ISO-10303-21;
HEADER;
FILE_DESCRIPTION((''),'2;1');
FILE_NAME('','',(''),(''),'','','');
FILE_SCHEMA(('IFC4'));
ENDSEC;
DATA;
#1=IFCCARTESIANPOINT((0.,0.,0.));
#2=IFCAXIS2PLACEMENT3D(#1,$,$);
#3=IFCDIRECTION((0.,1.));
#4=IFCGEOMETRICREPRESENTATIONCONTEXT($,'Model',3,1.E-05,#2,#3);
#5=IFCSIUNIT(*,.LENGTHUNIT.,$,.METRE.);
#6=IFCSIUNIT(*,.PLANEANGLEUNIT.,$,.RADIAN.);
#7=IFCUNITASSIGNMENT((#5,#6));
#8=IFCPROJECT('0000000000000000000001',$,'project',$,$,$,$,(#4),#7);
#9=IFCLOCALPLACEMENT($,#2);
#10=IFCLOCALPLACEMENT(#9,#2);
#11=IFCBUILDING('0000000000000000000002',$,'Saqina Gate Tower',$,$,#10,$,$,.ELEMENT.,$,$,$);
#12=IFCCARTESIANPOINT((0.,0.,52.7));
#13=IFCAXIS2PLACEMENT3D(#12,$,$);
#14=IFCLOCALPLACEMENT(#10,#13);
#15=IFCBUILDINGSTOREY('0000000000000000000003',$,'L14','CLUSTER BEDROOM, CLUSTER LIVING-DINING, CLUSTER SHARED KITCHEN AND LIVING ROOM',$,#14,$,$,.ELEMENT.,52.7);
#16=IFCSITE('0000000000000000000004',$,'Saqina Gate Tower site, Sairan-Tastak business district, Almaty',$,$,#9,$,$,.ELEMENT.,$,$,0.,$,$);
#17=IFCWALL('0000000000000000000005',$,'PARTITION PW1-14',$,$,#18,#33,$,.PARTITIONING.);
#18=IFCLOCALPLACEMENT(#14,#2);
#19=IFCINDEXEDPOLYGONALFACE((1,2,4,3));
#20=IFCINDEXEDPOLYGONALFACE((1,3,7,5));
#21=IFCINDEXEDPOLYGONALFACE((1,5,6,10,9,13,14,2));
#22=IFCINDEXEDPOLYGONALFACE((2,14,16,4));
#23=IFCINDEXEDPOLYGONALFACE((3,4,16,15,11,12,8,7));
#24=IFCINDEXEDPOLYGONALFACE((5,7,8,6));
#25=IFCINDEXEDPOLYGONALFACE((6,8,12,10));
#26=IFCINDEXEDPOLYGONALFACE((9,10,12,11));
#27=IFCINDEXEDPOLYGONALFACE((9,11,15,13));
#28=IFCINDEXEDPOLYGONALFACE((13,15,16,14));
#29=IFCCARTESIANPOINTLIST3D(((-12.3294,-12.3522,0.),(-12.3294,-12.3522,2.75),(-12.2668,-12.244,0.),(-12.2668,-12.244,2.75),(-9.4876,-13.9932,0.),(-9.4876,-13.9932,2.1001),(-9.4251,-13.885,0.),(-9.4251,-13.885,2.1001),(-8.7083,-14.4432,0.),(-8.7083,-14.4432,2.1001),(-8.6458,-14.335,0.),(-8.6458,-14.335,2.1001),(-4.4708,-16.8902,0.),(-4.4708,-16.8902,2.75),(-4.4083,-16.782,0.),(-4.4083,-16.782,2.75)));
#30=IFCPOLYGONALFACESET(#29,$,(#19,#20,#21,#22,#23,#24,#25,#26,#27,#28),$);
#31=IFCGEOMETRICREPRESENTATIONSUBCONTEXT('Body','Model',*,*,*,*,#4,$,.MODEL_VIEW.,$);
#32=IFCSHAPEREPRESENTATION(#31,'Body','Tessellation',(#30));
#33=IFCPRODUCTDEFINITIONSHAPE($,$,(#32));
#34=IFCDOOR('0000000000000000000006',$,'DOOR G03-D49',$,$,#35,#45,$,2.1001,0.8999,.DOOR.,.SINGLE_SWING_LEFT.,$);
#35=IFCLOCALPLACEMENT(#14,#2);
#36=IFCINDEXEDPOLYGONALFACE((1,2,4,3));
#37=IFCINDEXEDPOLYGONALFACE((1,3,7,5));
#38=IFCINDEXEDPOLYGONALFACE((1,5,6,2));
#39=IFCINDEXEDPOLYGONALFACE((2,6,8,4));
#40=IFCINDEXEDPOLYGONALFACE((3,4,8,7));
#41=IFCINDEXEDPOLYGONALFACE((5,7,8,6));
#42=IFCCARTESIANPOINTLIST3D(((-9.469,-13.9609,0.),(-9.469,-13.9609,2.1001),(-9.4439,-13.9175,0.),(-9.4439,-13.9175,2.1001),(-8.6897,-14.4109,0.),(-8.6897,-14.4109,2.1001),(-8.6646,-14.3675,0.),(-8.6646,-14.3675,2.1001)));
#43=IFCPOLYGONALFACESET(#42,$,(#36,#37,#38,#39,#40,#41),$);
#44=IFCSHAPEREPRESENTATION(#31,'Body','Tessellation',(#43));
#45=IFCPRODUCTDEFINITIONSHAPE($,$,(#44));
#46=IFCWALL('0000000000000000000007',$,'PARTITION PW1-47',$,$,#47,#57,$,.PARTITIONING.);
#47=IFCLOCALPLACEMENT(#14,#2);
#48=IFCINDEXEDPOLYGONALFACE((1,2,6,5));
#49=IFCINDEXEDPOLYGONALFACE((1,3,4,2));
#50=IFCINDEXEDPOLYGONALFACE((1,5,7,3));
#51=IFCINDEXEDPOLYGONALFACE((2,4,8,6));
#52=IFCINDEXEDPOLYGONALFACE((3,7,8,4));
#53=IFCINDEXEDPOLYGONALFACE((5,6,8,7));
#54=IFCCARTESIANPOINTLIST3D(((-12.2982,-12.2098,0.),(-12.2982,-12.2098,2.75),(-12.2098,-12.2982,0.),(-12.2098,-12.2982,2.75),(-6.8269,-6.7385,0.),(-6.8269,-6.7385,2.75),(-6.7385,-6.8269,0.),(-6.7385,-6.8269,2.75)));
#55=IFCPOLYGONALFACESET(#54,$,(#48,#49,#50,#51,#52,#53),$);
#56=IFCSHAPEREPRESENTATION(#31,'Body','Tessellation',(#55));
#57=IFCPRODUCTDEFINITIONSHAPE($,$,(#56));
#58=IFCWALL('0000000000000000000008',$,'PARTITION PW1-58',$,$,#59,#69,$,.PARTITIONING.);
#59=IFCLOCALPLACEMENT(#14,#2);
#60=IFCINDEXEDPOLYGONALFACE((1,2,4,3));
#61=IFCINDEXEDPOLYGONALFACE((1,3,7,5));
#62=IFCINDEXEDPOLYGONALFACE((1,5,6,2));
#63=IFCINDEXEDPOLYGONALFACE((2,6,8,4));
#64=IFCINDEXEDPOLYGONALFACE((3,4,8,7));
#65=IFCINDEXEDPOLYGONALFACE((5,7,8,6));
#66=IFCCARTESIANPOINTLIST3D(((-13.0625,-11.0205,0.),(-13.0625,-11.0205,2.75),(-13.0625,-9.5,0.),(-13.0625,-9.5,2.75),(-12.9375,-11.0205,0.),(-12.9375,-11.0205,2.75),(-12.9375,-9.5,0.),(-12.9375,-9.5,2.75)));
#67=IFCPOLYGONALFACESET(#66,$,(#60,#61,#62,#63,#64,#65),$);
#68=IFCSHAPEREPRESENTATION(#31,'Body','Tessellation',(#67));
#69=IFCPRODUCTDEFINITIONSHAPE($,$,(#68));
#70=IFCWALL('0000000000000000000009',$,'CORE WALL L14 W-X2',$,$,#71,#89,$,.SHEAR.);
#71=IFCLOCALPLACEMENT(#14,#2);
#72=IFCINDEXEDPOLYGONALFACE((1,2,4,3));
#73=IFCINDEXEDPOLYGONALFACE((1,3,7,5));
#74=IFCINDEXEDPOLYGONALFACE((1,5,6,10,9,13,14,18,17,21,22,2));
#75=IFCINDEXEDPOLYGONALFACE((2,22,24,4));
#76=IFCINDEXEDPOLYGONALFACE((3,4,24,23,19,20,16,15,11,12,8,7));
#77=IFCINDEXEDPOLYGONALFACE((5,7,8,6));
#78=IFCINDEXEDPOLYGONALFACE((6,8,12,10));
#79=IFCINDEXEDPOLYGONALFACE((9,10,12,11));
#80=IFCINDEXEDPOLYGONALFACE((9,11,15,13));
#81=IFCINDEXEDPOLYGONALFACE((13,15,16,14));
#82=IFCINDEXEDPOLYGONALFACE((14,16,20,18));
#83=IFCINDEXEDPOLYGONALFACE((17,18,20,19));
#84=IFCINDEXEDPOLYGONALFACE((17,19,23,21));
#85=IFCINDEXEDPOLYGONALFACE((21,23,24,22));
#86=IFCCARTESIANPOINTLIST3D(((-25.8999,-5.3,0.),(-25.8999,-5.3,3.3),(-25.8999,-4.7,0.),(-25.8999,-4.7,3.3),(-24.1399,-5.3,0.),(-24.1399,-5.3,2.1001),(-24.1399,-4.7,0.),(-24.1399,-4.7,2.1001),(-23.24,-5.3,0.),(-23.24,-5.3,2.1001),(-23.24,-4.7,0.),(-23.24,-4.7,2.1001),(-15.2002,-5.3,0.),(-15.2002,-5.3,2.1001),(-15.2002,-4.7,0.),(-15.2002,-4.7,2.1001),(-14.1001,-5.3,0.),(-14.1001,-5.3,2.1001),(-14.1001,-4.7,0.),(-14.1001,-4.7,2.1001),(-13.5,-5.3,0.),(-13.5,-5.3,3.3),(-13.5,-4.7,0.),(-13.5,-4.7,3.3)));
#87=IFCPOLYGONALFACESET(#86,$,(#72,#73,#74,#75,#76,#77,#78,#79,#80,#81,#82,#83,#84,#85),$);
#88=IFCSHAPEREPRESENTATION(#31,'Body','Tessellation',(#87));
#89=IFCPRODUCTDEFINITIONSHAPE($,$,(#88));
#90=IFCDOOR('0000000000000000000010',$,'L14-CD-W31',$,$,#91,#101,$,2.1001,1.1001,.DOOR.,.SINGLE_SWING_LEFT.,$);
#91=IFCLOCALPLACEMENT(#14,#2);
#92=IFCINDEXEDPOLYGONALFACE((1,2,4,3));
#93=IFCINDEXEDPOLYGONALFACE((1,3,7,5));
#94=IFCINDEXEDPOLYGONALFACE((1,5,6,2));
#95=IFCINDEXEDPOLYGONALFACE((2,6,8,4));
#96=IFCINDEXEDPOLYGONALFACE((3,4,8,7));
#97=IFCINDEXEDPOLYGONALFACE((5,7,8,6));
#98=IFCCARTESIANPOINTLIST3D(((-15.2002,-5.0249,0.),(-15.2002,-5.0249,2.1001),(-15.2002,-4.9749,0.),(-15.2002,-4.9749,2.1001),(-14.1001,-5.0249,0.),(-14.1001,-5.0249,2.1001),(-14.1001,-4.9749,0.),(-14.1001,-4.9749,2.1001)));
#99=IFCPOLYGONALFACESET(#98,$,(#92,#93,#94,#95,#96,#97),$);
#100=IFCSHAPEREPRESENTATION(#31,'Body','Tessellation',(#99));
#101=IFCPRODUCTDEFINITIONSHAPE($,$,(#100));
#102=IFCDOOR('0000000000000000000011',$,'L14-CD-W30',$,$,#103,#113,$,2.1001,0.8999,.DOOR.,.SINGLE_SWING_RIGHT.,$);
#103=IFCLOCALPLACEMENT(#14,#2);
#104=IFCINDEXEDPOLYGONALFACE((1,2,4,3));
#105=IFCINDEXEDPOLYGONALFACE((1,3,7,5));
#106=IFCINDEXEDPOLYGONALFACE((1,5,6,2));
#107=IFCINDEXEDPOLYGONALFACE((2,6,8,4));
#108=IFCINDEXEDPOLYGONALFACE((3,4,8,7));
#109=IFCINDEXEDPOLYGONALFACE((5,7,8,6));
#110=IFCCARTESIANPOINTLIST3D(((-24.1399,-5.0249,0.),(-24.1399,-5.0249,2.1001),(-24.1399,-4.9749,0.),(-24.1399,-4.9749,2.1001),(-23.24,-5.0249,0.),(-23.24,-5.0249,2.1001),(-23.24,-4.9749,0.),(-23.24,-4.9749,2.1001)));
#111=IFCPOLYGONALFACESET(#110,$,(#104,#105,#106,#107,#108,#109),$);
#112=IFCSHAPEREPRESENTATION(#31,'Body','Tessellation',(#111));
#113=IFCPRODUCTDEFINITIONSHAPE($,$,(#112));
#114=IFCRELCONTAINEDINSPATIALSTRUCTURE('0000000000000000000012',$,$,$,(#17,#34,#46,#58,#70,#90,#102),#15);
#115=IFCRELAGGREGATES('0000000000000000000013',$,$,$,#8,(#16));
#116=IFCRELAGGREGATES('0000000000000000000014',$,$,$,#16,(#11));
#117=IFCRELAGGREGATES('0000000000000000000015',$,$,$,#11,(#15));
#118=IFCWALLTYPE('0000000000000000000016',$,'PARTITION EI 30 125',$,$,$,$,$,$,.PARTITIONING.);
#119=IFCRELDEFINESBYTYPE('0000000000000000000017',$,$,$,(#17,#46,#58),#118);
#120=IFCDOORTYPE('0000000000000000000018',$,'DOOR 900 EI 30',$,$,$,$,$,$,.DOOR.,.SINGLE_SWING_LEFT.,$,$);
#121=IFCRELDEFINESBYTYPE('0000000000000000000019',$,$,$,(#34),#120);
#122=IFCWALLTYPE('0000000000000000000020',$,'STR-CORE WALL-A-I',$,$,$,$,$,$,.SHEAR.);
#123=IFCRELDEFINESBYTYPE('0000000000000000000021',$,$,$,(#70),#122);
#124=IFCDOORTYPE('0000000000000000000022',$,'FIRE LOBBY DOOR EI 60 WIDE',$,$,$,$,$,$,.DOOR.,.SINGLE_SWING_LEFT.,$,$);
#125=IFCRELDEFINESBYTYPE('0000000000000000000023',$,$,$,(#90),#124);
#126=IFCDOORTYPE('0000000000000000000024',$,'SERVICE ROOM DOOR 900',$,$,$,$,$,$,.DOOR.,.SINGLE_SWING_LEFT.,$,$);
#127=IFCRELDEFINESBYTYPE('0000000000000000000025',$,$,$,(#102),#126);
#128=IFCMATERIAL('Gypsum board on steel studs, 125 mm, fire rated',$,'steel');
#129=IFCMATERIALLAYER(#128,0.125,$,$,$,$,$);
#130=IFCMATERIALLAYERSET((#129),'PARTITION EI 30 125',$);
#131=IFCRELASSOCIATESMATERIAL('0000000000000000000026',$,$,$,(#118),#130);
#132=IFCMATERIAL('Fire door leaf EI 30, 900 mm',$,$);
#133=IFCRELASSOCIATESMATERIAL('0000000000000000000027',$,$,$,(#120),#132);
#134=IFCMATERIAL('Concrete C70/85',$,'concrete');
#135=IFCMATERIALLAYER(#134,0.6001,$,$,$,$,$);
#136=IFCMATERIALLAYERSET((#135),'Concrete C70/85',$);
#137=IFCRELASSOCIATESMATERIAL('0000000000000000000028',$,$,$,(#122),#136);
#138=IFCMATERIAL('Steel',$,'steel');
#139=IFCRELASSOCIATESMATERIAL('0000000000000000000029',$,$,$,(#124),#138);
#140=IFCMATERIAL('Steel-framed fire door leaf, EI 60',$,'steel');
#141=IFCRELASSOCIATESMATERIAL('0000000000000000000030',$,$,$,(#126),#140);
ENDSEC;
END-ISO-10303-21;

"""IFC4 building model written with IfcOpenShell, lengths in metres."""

from ifc_helpers import new_model, si_unit, direction, frame, frame_2d, origin, place, context, subcontext, project, spatial, rectangle, extrude, material, layer, layer_set, type_object, element, fill, save


model = new_model("IFC4")

# Units and contexts
model_context = context("Model", 3, precision=1e-05, world=origin(), true_north=direction((0.0, 1.0)))
body_context = subcontext(model_context, "Body", "Model", "MODEL_VIEW")
ifc_project = project(units=[si_unit("LENGTHUNIT", "METRE"), si_unit("PLANEANGLEUNIT", "RADIAN")], contexts=[model_context])

# Site, building, storey
site_placement = place(None, origin())
site = spatial("IfcSite", under=ifc_project, at=site_placement, Name="Saqina Gate Tower site, Sairan-Tastak business district, Almaty", CompositionType="ELEMENT", RefElevation=0.0)
building_placement = place(site_placement, origin())
building = spatial("IfcBuilding", under=site, at=building_placement, Name="Saqina Gate Tower", CompositionType="ELEMENT")
storey_placement = place(building_placement, frame((0.0, 0.0, 52.7)))
storey = spatial("IfcBuildingStorey", under=building, at=storey_placement, Name="L14", Description="CLUSTER BEDROOM, CLUSTER LIVING-DINING, CLUSTER SHARED KITCHEN AND LIVING ROOM", CompositionType="ELEMENT", Elevation=52.7)

# Wall, opening, door
ifc_material_1 = material(Name="Gypsum board on steel studs, 125 mm, fire rated", Category="steel")
ifc_layer_1 = layer(ifc_material_1, 0.125)
ifc_layer_set_1 = layer_set([ifc_layer_1], Name="PARTITION EI 30 125")
wall_type_1 = type_object("IfcWallType", Name="PARTITION EI 30 125", PredefinedType="PARTITIONING", material=ifc_layer_set_1)
wall_1_placement = place(storey_placement, frame((-12.2981, -12.2981, 0.0), z_axis=(0.0, 0.0, 1.0), x_axis=(0.865983, -0.500074, 0.0)))
wall_1 = element("IfcWall", 1, at=wall_1_placement, inside=storey, type_object=wall_type_1, Name="PARTITION PW1-14", PredefinedType="PARTITIONING", context=body_context, shape_type="SweptSolid", body=[
    extrude(rectangle(XDim=9.0747, YDim=0.125, at=frame_2d((4.5374, 0.0))), origin(), (0.0, 0.0, 1.0), 2.75),
])
opening_1_placement = place(wall_1_placement, frame((3.2815, 0.0, 0.0)))
opening_1 = element("IfcOpeningElement", 2, at=opening_1_placement, cuts=wall_1, PredefinedType="OPENING", context=body_context, shape_type="SweptSolid", body=[
    extrude(rectangle(XDim=0.8999, YDim=2.1001, at=frame_2d((0.45, 1.05))), frame((0.0, 0.0745, 0.0), z_axis=(0.0, -1.0, 0.0), x_axis=(1.0, 0.0, 0.0)), (0.0, 0.0, 1.0), 0.1489),
])
ifc_material_2 = material(Name="Fire door leaf EI 30, 900 mm")
door_type_1 = type_object("IfcDoorType", Name="DOOR 900 EI 30", OperationType="SINGLE_SWING_LEFT", PredefinedType="DOOR", material=ifc_material_2)
door_1_placement = place(opening_1_placement, origin())
door_1 = element("IfcDoor", 3, at=door_1_placement, inside=storey, type_object=door_type_1, Name="DOOR G03-D49", OperationType="SINGLE_SWING_LEFT", OverallHeight=2.1001, OverallWidth=0.8999, PredefinedType="DOOR", context=body_context, shape_type="SweptSolid", body=[
    extrude(rectangle(XDim=0.8999, YDim=2.1001, at=frame_2d((0.45, 1.05))), frame((0.0, 0.0249, 0.0), z_axis=(0.0, -1.0, 0.0), x_axis=(1.0, 0.0, 0.0)), (0.0, 0.0, 1.0), 0.05),
])
fill(opening_1, door_1)

# Walls
wall_2_placement = place(storey_placement, frame((-12.2539, -12.2539, 0.0), z_axis=(0.0, 0.0, 1.0), x_axis=(0.707107, 0.707107, 0.0)))
element("IfcWall", 4, at=wall_2_placement, inside=storey, type_object=wall_type_1, Name="PARTITION PW1-47", PredefinedType="PARTITIONING", context=body_context, shape_type="SweptSolid", body=[
    extrude(rectangle(XDim=7.7375, YDim=0.125, at=frame_2d((3.8687, 0.0))), origin(), (0.0, 0.0, 1.0), 2.75),
])
wall_3_placement = place(storey_placement, frame((-13.0, -11.0205, 0.0), z_axis=(0.0, 0.0, 1.0), x_axis=(0.0, 1.0, 0.0)))
element("IfcWall", 5, at=wall_3_placement, inside=storey, type_object=wall_type_1, Name="PARTITION PW1-58", PredefinedType="PARTITIONING", context=body_context, shape_type="SweptSolid", body=[
    extrude(rectangle(XDim=1.5205, YDim=0.125, at=frame_2d((0.7603, 0.0))), origin(), (0.0, 0.0, 1.0), 2.75),
])

# Wall, openings, doors
ifc_material_3 = material(Name="Concrete C70/85", Category="concrete")
ifc_layer_2 = layer(ifc_material_3, 0.6001)
ifc_layer_set_2 = layer_set([ifc_layer_2], Name="Concrete C70/85")
wall_type_2 = type_object("IfcWallType", Name="STR-CORE WALL-A-I", PredefinedType="SHEAR", material=ifc_layer_set_2)
wall_4_placement = place(storey_placement, frame((-13.5, -5.0, 0.0), z_axis=(0.0, 0.0, 1.0), x_axis=(-1.0, 0.0, 0.0)))
wall_4 = element("IfcWall", 6, at=wall_4_placement, inside=storey, type_object=wall_type_2, Name="CORE WALL L14 W-X2", PredefinedType="SHEAR", context=body_context, shape_type="SweptSolid", body=[
    extrude(rectangle(XDim=12.3999, YDim=0.6001, at=frame_2d((6.2, 0.0))), origin(), (0.0, 0.0, 1.0), 3.3),
])
opening_2_placement = place(wall_4_placement, frame((9.74, 0.0, 0.0)))
opening_2 = element("IfcOpeningElement", 7, at=opening_2_placement, cuts=wall_4, PredefinedType="OPENING", context=body_context, shape_type="SweptSolid", body=[
    extrude(rectangle(XDim=0.8999, YDim=2.1001, at=frame_2d((0.45, 1.05))), frame((0.0, 0.312, 0.0), z_axis=(0.0, -1.0, 0.0), x_axis=(1.0, 0.0, 0.0)), (0.0, 0.0, 1.0), 0.624),
])
opening_3_placement = place(wall_4_placement, frame((0.6001, 0.0, 0.0)))
opening_3 = element("IfcOpeningElement", 8, at=opening_3_placement, cuts=wall_4, PredefinedType="OPENING", context=body_context, shape_type="SweptSolid", body=[
    extrude(rectangle(XDim=1.1001, YDim=2.1001, at=frame_2d((0.55, 1.05))), frame((0.0, 0.312, 0.0), z_axis=(0.0, -1.0, 0.0), x_axis=(1.0, 0.0, 0.0)), (0.0, 0.0, 1.0), 0.624),
])
ifc_material_4 = material(Name="Steel", Category="steel")
door_type_2 = type_object("IfcDoorType", Name="FIRE LOBBY DOOR EI 60 WIDE", OperationType="SINGLE_SWING_LEFT", PredefinedType="DOOR", material=ifc_material_4)
door_2_placement = place(opening_3_placement, origin())
door_2 = element("IfcDoor", 9, at=door_2_placement, inside=storey, type_object=door_type_2, Name="L14-CD-W31", OperationType="SINGLE_SWING_LEFT", OverallHeight=2.1001, OverallWidth=1.1001, PredefinedType="DOOR", context=body_context, shape_type="SweptSolid", body=[
    extrude(rectangle(XDim=1.1001, YDim=2.1001, at=frame_2d((0.55, 1.05))), frame((0.0, 0.0249, 0.0), z_axis=(0.0, -1.0, 0.0), x_axis=(1.0, 0.0, 0.0)), (0.0, 0.0, 1.0), 0.05),
])
fill(opening_3, door_2)
ifc_material_5 = material(Name="Steel-framed fire door leaf, EI 60", Category="steel")
door_type_3 = type_object("IfcDoorType", Name="SERVICE ROOM DOOR 900", OperationType="SINGLE_SWING_LEFT", PredefinedType="DOOR", material=ifc_material_5)
door_3_placement = place(opening_2_placement, origin())
door_3 = element("IfcDoor", 10, at=door_3_placement, inside=storey, type_object=door_type_3, Name="L14-CD-W30", OperationType="SINGLE_SWING_RIGHT", OverallHeight=2.1001, OverallWidth=0.8999, PredefinedType="DOOR", context=body_context, shape_type="SweptSolid", body=[
    extrude(rectangle(XDim=0.8999, YDim=2.1001, at=frame_2d((0.45, 1.05))), frame((0.0, 0.0249, 0.0), z_axis=(0.0, -1.0, 0.0), x_axis=(1.0, 0.0, 0.0)), (0.0, 0.0, 1.0), 0.05),
])
fill(opening_2, door_3)

save(model, "model.ifc")
